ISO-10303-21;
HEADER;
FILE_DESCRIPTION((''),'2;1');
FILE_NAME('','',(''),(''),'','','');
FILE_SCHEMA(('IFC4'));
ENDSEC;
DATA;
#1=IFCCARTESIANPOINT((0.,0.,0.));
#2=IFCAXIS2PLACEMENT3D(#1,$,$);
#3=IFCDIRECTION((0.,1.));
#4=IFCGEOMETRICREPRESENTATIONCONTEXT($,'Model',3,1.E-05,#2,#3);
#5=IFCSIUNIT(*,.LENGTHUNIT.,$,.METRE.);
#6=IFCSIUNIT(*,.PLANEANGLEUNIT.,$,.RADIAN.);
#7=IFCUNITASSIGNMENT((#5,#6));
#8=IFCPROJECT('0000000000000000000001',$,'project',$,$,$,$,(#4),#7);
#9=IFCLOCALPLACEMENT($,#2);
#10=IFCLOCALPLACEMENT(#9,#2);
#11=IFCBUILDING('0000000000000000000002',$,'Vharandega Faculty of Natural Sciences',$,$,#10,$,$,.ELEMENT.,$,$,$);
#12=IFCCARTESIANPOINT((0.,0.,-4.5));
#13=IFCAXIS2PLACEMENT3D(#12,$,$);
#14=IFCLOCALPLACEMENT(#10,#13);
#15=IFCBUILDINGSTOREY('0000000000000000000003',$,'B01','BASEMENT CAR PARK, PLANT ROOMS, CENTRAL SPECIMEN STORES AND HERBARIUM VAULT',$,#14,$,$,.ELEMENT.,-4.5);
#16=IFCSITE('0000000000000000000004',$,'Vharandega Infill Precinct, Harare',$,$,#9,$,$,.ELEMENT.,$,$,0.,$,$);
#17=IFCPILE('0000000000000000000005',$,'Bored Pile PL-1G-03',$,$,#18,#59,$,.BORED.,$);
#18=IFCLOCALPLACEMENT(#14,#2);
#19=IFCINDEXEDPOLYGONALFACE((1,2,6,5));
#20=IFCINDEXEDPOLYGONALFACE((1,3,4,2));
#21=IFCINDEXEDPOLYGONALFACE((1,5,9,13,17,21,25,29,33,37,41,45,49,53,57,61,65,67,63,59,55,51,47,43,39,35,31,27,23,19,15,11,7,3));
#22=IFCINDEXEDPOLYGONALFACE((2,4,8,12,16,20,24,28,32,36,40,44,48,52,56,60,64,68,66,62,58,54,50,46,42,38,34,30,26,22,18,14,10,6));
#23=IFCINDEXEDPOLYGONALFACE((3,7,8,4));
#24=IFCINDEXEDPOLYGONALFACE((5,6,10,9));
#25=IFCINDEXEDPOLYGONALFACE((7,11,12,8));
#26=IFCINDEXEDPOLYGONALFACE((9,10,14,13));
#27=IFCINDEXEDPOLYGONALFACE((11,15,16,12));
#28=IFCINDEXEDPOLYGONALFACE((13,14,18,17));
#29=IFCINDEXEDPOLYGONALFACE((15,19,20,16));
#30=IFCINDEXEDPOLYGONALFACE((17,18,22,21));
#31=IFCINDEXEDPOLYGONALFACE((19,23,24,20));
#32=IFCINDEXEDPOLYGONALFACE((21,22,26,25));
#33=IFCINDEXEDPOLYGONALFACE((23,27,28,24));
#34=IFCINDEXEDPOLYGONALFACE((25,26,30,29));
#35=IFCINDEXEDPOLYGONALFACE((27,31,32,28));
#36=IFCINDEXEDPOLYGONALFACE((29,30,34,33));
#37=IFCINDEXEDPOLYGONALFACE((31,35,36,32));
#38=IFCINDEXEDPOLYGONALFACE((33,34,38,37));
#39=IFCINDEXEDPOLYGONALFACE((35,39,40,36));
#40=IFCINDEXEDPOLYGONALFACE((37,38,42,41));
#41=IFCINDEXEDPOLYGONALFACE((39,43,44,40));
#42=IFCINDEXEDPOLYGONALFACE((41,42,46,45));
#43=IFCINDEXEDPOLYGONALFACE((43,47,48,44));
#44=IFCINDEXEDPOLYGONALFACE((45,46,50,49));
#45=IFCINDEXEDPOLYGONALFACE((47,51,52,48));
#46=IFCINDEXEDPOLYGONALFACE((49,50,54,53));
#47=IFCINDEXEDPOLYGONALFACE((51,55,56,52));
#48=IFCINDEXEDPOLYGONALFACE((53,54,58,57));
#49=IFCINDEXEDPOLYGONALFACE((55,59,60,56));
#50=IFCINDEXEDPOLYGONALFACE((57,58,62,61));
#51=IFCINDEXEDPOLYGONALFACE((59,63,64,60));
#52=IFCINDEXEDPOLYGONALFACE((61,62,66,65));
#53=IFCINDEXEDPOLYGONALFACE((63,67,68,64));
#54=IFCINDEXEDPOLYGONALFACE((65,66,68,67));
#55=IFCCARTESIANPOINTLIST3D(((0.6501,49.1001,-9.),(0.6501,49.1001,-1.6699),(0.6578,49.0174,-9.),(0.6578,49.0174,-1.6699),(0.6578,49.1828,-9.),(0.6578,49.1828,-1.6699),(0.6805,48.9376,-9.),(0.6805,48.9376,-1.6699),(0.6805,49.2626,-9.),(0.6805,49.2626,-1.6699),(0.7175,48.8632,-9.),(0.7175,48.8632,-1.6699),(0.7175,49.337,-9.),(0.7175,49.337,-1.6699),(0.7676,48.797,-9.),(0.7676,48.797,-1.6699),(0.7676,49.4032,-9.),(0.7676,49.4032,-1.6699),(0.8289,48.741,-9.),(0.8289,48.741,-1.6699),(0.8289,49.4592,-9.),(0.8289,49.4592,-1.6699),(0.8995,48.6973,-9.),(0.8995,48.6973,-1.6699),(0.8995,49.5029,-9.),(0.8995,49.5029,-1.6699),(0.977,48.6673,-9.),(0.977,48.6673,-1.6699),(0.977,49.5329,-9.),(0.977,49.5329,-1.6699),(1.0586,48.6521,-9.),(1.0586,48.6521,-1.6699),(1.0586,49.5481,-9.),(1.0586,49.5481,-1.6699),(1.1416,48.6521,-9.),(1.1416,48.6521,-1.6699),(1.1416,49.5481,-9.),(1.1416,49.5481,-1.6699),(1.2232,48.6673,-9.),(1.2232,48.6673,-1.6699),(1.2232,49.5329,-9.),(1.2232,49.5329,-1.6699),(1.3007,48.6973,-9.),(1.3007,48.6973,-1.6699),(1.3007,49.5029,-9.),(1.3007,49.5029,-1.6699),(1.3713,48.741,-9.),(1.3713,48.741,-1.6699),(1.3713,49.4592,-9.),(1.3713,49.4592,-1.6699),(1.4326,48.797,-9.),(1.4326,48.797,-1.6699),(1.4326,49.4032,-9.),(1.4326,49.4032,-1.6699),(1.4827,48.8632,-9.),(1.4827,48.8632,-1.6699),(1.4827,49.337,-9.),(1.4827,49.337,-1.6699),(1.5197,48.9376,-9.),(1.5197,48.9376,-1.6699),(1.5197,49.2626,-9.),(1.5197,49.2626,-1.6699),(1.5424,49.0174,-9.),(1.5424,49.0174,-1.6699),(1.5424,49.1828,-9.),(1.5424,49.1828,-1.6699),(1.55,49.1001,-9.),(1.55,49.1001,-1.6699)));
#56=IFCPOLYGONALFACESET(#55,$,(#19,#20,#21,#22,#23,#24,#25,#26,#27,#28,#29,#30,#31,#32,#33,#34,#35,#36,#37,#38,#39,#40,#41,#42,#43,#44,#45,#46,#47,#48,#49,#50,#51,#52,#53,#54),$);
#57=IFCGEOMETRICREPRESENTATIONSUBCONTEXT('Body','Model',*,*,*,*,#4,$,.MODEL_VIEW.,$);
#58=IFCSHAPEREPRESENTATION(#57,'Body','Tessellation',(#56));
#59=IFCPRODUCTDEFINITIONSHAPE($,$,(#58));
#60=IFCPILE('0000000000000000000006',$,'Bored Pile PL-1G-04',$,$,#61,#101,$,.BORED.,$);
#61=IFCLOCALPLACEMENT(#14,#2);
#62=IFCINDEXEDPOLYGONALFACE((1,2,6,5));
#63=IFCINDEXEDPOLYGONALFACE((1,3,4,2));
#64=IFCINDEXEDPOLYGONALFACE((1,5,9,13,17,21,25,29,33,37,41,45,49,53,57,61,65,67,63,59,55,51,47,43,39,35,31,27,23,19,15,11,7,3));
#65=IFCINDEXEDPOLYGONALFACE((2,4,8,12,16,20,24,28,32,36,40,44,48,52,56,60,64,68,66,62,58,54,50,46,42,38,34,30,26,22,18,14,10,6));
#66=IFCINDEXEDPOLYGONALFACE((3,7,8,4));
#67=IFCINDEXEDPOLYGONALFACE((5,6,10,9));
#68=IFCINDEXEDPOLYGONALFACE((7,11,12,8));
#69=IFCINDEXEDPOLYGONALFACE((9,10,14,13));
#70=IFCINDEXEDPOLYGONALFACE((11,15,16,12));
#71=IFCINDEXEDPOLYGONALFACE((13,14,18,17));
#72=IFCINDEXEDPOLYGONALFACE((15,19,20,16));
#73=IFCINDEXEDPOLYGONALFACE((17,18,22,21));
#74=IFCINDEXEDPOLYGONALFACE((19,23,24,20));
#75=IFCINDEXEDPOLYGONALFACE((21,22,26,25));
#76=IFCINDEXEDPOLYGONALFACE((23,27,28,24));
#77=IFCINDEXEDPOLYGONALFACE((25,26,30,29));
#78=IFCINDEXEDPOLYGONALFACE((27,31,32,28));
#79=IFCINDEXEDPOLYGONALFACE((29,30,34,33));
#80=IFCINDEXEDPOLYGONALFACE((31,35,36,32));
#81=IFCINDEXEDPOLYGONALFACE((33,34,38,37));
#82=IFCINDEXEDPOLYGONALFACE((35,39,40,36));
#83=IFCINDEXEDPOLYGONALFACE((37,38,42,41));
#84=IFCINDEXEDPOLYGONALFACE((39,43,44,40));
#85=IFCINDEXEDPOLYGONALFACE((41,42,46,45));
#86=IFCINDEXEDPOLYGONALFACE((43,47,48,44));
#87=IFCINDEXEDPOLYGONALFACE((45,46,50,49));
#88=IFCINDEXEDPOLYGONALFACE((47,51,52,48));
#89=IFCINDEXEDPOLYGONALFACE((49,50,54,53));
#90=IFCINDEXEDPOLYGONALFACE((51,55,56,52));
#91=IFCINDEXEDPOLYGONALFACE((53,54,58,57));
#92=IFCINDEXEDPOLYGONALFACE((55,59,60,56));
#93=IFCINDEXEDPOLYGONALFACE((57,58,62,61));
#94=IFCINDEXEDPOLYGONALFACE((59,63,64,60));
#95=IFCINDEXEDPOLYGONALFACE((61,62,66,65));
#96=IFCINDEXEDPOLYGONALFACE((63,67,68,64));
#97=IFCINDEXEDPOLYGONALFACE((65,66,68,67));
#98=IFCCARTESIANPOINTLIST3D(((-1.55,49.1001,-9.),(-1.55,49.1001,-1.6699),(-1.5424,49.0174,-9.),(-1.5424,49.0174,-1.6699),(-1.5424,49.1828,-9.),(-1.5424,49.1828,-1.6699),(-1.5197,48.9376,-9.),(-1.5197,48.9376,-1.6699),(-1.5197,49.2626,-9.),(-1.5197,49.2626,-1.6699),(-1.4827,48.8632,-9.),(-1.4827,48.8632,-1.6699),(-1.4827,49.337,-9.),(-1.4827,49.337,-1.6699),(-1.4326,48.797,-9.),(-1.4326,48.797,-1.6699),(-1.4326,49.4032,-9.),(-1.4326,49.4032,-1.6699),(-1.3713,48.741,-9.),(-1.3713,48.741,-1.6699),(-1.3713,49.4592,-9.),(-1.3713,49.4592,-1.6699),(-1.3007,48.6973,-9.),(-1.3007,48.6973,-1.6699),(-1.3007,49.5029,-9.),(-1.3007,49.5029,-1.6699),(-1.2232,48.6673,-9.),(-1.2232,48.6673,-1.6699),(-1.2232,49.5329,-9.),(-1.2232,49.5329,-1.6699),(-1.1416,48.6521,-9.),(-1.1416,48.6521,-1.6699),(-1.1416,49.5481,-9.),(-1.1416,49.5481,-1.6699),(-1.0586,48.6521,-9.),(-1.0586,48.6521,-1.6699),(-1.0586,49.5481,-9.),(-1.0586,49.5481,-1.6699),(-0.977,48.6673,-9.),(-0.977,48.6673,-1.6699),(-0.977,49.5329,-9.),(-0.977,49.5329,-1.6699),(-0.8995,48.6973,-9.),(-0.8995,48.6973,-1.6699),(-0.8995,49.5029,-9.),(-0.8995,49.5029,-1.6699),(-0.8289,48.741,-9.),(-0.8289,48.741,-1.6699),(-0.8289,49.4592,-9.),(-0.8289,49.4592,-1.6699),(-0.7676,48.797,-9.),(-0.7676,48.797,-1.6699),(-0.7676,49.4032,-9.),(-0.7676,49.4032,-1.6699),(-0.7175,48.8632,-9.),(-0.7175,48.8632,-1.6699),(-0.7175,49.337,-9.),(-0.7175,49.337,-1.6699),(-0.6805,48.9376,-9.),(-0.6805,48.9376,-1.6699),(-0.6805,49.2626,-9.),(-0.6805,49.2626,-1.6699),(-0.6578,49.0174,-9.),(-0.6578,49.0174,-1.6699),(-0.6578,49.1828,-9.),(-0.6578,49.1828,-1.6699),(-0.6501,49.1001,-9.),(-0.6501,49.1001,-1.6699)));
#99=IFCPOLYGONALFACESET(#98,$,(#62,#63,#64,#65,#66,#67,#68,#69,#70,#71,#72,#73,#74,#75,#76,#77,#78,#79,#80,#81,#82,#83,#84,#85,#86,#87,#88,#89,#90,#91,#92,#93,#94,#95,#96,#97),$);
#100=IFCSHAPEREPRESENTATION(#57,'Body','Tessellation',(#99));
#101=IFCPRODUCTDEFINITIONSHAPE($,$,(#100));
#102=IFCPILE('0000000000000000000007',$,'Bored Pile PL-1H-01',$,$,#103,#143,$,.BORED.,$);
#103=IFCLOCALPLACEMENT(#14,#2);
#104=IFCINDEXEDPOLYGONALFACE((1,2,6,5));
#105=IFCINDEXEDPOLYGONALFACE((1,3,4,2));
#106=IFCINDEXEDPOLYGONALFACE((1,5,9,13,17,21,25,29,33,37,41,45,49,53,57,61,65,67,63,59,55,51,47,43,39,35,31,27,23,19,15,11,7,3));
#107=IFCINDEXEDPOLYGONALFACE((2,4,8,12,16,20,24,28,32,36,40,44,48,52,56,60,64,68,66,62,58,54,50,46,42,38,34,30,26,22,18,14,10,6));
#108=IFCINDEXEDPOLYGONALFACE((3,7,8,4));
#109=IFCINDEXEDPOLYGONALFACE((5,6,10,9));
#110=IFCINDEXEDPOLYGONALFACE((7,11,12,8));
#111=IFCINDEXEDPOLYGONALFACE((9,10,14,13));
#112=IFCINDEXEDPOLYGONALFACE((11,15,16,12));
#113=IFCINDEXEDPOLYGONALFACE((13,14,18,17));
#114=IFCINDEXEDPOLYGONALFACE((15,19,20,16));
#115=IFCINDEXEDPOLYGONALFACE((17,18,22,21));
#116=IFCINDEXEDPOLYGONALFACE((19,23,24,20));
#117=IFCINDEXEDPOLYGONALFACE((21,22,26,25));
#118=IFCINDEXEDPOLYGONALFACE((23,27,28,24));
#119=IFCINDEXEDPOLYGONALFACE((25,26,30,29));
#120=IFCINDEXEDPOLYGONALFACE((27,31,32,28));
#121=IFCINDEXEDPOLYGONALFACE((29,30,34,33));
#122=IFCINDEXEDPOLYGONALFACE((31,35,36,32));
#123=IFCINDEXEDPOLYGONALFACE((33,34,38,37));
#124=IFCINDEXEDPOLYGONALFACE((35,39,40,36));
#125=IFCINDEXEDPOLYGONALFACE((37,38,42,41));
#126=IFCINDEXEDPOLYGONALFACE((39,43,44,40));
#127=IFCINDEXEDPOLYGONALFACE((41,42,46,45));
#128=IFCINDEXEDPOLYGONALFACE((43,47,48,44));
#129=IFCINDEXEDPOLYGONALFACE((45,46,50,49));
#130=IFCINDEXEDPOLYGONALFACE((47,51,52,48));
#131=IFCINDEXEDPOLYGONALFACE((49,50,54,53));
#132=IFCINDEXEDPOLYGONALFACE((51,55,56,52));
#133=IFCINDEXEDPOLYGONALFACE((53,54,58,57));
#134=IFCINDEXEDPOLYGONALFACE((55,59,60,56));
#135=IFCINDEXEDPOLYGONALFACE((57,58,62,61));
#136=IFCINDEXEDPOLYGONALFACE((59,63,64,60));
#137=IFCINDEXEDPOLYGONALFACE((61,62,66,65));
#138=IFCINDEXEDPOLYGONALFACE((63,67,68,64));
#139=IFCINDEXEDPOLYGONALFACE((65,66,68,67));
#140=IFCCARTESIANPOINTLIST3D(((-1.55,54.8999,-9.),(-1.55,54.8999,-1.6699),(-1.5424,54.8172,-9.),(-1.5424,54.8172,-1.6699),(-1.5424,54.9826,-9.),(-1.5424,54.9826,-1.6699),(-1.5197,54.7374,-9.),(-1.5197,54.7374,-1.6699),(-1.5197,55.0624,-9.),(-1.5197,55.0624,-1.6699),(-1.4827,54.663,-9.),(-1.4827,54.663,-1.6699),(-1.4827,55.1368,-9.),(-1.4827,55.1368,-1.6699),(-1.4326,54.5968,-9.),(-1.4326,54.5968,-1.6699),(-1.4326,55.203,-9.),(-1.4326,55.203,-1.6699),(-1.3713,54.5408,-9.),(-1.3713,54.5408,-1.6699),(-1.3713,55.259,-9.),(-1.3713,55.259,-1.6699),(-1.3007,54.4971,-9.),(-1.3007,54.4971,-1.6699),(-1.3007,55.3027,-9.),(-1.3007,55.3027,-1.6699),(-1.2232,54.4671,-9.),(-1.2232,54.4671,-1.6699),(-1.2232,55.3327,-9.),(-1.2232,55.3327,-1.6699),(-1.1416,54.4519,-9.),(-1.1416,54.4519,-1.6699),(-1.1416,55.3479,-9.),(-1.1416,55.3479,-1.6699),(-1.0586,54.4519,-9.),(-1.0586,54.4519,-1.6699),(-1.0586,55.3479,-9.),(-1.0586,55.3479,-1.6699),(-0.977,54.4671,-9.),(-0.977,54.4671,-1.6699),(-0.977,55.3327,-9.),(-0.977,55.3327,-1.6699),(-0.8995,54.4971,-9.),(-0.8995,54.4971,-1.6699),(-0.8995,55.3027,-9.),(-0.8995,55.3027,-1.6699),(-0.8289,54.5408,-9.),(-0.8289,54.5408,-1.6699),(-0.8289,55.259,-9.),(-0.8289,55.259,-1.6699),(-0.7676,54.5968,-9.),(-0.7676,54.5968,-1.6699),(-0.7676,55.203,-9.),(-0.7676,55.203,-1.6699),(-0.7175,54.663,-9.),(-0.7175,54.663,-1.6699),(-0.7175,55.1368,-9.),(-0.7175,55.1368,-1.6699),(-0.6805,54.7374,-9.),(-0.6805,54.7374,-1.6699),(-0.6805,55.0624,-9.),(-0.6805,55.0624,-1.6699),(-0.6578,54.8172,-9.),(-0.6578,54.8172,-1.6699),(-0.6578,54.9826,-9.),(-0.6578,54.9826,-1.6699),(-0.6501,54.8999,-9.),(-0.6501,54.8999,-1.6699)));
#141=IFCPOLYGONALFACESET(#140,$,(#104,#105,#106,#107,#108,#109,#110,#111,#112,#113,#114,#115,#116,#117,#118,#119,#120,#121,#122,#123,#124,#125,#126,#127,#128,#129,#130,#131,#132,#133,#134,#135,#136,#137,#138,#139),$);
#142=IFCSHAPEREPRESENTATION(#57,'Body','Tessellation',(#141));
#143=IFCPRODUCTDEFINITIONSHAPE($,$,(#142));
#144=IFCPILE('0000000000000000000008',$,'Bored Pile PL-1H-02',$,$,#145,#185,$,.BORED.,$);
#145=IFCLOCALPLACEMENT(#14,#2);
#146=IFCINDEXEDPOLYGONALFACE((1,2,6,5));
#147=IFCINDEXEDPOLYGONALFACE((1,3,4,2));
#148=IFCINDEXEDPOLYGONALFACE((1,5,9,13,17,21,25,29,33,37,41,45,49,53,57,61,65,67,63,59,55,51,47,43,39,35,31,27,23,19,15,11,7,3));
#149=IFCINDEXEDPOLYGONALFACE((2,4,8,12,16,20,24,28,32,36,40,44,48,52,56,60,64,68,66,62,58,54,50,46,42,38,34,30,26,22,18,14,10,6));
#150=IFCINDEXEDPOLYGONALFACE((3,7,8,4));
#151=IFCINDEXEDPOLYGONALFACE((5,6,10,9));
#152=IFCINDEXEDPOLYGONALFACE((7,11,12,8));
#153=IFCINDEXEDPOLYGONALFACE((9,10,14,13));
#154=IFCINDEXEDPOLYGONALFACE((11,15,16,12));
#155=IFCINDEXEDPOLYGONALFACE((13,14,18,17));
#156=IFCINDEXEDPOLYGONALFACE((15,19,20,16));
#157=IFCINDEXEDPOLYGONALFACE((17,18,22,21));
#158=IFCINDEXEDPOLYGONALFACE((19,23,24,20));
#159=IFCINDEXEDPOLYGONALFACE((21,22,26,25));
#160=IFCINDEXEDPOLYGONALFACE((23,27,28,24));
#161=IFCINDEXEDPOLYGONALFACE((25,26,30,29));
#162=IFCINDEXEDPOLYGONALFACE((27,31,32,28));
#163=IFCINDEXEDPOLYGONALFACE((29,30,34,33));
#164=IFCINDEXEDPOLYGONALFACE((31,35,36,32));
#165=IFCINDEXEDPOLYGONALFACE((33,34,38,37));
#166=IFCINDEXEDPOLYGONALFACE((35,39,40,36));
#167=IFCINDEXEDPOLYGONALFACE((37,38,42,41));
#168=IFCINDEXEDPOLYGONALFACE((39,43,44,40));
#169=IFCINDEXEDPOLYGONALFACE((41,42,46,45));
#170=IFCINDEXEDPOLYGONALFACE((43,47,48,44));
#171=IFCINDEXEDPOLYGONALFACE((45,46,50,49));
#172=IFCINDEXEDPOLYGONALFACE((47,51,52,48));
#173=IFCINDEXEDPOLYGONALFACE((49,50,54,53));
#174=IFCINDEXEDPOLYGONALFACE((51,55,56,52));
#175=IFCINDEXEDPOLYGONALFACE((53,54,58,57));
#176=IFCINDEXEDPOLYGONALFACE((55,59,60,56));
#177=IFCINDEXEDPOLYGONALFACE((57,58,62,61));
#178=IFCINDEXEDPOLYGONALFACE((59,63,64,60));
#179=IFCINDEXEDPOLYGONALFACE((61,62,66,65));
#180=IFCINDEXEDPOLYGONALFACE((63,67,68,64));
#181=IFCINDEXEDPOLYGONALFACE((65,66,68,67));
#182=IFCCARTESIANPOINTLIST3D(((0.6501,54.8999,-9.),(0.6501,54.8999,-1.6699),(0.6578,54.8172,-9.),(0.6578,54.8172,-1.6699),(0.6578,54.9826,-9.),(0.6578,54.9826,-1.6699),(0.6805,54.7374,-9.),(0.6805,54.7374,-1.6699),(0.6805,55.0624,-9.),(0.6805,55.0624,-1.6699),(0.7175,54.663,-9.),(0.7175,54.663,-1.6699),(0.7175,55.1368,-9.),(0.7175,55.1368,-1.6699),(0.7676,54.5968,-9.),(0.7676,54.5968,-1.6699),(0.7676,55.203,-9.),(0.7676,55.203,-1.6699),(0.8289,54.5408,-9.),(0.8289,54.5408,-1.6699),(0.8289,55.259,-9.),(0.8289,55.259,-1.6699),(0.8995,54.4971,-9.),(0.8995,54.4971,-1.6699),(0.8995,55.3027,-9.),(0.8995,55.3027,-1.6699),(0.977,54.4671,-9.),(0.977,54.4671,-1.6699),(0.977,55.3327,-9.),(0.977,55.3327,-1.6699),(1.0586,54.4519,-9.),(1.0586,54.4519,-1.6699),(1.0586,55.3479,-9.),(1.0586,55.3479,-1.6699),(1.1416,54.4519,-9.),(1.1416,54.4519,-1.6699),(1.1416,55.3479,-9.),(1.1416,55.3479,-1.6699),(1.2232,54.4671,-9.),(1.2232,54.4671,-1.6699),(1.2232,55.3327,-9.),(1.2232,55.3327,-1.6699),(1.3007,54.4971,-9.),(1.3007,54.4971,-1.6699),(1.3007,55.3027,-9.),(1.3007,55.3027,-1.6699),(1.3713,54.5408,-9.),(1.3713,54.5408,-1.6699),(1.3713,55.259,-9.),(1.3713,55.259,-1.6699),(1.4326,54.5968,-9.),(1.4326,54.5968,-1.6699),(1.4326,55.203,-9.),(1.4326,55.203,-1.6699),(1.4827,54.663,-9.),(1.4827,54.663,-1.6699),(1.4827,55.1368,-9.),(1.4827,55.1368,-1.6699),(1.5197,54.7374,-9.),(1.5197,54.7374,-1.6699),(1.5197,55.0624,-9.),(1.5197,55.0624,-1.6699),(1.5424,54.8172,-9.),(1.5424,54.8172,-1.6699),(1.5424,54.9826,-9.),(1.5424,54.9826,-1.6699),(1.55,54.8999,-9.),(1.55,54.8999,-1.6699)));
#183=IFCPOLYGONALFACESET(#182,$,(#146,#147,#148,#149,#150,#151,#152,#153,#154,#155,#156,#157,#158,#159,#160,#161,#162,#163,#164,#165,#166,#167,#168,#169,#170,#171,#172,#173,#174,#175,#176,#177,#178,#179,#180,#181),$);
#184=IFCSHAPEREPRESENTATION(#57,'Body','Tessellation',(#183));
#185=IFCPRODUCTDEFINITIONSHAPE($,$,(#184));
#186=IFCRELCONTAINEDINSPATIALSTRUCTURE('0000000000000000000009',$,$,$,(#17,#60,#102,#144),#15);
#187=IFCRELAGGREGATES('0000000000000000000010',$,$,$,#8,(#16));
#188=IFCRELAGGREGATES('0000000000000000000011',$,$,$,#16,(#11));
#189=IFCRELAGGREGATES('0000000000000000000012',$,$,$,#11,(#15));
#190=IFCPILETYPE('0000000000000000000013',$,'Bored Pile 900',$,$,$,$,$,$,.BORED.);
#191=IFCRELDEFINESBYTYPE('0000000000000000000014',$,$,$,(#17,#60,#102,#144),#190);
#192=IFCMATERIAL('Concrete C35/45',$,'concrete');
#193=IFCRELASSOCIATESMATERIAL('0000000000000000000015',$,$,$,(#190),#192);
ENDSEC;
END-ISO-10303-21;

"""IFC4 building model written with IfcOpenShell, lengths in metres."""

from ifc_helpers import new_model, si_unit, direction, frame, origin, origin_2d, place, context, subcontext, project, spatial, circle, extrude, material, material_profile, profile_set, type_object, element, save


model = new_model("IFC4")

# Units and contexts
model_context = context("Model", 3, precision=1e-05, world=origin(), true_north=direction((0.0, 1.0)))
body_context = subcontext(model_context, "Body", "Model", "MODEL_VIEW")
ifc_project = project(units=[si_unit("LENGTHUNIT", "METRE"), si_unit("PLANEANGLEUNIT", "RADIAN")], contexts=[model_context])

# Site, building, storey
site_placement = place(None, origin())
site = spatial("IfcSite", under=ifc_project, at=site_placement, Name="Vharandega Infill Precinct, Harare", CompositionType="ELEMENT", RefElevation=0.0)
building_placement = place(site_placement, origin())
building = spatial("IfcBuilding", under=site, at=building_placement, Name="Vharandega Faculty of Natural Sciences", CompositionType="ELEMENT")
storey_placement = place(building_placement, frame((0.0, 0.0, -4.5)))
storey = spatial("IfcBuildingStorey", under=building, at=storey_placement, Name="B01", Description="BASEMENT CAR PARK, PLANT ROOMS, CENTRAL SPECIMEN STORES AND HERBARIUM VAULT", CompositionType="ELEMENT", Elevation=-4.5)

# Piles
ifc_material_1 = material(Name="Concrete C35/45", Category="concrete")
ifc_material_profile_1 = material_profile(ifc_material_1, circle(Radius=0.45, at=origin_2d()), Name="PILE 900")
ifc_profile_set_1 = profile_set([ifc_material_profile_1], Name="Concrete C35/45")
pile_type = type_object("IfcPileType", Name="Bored Pile 900", PredefinedType="BORED", material=ifc_profile_set_1)
for number, where, z_axis, x_axis, name in (
    (1, (1.1001, 49.1001, -1.6699), (0.0, 0.0, -1.0), (1.0, 0.0, 0.0), "Bored Pile PL-1G-03"),
    (2, (-1.1001, 49.1001, -1.6699), (0.0, 0.0, -1.0), (1.0, 0.0, 0.0), "Bored Pile PL-1G-04"),
    (3, (-1.1001, 54.8999, -1.6699), (0.0, 0.0, -1.0), (1.0, 0.0, 0.0), "Bored Pile PL-1H-01"),
    (4, (1.1001, 54.8999, -1.6699), (0.0, 0.0, -1.0), (1.0, 0.0, 0.0), "Bored Pile PL-1H-02"),
):
    element("IfcPile", number, at=place(storey_placement, frame(where, z_axis=z_axis, x_axis=x_axis)), inside=storey, type_object=pile_type, Name=name, PredefinedType="BORED", context=body_context, shape_type="SweptSolid", body=[
        extrude(circle(Radius=0.45, at=origin_2d()), origin(), (0.0, 0.0, 1.0), 7.3301),
    ])

save(model, "model.ifc")
